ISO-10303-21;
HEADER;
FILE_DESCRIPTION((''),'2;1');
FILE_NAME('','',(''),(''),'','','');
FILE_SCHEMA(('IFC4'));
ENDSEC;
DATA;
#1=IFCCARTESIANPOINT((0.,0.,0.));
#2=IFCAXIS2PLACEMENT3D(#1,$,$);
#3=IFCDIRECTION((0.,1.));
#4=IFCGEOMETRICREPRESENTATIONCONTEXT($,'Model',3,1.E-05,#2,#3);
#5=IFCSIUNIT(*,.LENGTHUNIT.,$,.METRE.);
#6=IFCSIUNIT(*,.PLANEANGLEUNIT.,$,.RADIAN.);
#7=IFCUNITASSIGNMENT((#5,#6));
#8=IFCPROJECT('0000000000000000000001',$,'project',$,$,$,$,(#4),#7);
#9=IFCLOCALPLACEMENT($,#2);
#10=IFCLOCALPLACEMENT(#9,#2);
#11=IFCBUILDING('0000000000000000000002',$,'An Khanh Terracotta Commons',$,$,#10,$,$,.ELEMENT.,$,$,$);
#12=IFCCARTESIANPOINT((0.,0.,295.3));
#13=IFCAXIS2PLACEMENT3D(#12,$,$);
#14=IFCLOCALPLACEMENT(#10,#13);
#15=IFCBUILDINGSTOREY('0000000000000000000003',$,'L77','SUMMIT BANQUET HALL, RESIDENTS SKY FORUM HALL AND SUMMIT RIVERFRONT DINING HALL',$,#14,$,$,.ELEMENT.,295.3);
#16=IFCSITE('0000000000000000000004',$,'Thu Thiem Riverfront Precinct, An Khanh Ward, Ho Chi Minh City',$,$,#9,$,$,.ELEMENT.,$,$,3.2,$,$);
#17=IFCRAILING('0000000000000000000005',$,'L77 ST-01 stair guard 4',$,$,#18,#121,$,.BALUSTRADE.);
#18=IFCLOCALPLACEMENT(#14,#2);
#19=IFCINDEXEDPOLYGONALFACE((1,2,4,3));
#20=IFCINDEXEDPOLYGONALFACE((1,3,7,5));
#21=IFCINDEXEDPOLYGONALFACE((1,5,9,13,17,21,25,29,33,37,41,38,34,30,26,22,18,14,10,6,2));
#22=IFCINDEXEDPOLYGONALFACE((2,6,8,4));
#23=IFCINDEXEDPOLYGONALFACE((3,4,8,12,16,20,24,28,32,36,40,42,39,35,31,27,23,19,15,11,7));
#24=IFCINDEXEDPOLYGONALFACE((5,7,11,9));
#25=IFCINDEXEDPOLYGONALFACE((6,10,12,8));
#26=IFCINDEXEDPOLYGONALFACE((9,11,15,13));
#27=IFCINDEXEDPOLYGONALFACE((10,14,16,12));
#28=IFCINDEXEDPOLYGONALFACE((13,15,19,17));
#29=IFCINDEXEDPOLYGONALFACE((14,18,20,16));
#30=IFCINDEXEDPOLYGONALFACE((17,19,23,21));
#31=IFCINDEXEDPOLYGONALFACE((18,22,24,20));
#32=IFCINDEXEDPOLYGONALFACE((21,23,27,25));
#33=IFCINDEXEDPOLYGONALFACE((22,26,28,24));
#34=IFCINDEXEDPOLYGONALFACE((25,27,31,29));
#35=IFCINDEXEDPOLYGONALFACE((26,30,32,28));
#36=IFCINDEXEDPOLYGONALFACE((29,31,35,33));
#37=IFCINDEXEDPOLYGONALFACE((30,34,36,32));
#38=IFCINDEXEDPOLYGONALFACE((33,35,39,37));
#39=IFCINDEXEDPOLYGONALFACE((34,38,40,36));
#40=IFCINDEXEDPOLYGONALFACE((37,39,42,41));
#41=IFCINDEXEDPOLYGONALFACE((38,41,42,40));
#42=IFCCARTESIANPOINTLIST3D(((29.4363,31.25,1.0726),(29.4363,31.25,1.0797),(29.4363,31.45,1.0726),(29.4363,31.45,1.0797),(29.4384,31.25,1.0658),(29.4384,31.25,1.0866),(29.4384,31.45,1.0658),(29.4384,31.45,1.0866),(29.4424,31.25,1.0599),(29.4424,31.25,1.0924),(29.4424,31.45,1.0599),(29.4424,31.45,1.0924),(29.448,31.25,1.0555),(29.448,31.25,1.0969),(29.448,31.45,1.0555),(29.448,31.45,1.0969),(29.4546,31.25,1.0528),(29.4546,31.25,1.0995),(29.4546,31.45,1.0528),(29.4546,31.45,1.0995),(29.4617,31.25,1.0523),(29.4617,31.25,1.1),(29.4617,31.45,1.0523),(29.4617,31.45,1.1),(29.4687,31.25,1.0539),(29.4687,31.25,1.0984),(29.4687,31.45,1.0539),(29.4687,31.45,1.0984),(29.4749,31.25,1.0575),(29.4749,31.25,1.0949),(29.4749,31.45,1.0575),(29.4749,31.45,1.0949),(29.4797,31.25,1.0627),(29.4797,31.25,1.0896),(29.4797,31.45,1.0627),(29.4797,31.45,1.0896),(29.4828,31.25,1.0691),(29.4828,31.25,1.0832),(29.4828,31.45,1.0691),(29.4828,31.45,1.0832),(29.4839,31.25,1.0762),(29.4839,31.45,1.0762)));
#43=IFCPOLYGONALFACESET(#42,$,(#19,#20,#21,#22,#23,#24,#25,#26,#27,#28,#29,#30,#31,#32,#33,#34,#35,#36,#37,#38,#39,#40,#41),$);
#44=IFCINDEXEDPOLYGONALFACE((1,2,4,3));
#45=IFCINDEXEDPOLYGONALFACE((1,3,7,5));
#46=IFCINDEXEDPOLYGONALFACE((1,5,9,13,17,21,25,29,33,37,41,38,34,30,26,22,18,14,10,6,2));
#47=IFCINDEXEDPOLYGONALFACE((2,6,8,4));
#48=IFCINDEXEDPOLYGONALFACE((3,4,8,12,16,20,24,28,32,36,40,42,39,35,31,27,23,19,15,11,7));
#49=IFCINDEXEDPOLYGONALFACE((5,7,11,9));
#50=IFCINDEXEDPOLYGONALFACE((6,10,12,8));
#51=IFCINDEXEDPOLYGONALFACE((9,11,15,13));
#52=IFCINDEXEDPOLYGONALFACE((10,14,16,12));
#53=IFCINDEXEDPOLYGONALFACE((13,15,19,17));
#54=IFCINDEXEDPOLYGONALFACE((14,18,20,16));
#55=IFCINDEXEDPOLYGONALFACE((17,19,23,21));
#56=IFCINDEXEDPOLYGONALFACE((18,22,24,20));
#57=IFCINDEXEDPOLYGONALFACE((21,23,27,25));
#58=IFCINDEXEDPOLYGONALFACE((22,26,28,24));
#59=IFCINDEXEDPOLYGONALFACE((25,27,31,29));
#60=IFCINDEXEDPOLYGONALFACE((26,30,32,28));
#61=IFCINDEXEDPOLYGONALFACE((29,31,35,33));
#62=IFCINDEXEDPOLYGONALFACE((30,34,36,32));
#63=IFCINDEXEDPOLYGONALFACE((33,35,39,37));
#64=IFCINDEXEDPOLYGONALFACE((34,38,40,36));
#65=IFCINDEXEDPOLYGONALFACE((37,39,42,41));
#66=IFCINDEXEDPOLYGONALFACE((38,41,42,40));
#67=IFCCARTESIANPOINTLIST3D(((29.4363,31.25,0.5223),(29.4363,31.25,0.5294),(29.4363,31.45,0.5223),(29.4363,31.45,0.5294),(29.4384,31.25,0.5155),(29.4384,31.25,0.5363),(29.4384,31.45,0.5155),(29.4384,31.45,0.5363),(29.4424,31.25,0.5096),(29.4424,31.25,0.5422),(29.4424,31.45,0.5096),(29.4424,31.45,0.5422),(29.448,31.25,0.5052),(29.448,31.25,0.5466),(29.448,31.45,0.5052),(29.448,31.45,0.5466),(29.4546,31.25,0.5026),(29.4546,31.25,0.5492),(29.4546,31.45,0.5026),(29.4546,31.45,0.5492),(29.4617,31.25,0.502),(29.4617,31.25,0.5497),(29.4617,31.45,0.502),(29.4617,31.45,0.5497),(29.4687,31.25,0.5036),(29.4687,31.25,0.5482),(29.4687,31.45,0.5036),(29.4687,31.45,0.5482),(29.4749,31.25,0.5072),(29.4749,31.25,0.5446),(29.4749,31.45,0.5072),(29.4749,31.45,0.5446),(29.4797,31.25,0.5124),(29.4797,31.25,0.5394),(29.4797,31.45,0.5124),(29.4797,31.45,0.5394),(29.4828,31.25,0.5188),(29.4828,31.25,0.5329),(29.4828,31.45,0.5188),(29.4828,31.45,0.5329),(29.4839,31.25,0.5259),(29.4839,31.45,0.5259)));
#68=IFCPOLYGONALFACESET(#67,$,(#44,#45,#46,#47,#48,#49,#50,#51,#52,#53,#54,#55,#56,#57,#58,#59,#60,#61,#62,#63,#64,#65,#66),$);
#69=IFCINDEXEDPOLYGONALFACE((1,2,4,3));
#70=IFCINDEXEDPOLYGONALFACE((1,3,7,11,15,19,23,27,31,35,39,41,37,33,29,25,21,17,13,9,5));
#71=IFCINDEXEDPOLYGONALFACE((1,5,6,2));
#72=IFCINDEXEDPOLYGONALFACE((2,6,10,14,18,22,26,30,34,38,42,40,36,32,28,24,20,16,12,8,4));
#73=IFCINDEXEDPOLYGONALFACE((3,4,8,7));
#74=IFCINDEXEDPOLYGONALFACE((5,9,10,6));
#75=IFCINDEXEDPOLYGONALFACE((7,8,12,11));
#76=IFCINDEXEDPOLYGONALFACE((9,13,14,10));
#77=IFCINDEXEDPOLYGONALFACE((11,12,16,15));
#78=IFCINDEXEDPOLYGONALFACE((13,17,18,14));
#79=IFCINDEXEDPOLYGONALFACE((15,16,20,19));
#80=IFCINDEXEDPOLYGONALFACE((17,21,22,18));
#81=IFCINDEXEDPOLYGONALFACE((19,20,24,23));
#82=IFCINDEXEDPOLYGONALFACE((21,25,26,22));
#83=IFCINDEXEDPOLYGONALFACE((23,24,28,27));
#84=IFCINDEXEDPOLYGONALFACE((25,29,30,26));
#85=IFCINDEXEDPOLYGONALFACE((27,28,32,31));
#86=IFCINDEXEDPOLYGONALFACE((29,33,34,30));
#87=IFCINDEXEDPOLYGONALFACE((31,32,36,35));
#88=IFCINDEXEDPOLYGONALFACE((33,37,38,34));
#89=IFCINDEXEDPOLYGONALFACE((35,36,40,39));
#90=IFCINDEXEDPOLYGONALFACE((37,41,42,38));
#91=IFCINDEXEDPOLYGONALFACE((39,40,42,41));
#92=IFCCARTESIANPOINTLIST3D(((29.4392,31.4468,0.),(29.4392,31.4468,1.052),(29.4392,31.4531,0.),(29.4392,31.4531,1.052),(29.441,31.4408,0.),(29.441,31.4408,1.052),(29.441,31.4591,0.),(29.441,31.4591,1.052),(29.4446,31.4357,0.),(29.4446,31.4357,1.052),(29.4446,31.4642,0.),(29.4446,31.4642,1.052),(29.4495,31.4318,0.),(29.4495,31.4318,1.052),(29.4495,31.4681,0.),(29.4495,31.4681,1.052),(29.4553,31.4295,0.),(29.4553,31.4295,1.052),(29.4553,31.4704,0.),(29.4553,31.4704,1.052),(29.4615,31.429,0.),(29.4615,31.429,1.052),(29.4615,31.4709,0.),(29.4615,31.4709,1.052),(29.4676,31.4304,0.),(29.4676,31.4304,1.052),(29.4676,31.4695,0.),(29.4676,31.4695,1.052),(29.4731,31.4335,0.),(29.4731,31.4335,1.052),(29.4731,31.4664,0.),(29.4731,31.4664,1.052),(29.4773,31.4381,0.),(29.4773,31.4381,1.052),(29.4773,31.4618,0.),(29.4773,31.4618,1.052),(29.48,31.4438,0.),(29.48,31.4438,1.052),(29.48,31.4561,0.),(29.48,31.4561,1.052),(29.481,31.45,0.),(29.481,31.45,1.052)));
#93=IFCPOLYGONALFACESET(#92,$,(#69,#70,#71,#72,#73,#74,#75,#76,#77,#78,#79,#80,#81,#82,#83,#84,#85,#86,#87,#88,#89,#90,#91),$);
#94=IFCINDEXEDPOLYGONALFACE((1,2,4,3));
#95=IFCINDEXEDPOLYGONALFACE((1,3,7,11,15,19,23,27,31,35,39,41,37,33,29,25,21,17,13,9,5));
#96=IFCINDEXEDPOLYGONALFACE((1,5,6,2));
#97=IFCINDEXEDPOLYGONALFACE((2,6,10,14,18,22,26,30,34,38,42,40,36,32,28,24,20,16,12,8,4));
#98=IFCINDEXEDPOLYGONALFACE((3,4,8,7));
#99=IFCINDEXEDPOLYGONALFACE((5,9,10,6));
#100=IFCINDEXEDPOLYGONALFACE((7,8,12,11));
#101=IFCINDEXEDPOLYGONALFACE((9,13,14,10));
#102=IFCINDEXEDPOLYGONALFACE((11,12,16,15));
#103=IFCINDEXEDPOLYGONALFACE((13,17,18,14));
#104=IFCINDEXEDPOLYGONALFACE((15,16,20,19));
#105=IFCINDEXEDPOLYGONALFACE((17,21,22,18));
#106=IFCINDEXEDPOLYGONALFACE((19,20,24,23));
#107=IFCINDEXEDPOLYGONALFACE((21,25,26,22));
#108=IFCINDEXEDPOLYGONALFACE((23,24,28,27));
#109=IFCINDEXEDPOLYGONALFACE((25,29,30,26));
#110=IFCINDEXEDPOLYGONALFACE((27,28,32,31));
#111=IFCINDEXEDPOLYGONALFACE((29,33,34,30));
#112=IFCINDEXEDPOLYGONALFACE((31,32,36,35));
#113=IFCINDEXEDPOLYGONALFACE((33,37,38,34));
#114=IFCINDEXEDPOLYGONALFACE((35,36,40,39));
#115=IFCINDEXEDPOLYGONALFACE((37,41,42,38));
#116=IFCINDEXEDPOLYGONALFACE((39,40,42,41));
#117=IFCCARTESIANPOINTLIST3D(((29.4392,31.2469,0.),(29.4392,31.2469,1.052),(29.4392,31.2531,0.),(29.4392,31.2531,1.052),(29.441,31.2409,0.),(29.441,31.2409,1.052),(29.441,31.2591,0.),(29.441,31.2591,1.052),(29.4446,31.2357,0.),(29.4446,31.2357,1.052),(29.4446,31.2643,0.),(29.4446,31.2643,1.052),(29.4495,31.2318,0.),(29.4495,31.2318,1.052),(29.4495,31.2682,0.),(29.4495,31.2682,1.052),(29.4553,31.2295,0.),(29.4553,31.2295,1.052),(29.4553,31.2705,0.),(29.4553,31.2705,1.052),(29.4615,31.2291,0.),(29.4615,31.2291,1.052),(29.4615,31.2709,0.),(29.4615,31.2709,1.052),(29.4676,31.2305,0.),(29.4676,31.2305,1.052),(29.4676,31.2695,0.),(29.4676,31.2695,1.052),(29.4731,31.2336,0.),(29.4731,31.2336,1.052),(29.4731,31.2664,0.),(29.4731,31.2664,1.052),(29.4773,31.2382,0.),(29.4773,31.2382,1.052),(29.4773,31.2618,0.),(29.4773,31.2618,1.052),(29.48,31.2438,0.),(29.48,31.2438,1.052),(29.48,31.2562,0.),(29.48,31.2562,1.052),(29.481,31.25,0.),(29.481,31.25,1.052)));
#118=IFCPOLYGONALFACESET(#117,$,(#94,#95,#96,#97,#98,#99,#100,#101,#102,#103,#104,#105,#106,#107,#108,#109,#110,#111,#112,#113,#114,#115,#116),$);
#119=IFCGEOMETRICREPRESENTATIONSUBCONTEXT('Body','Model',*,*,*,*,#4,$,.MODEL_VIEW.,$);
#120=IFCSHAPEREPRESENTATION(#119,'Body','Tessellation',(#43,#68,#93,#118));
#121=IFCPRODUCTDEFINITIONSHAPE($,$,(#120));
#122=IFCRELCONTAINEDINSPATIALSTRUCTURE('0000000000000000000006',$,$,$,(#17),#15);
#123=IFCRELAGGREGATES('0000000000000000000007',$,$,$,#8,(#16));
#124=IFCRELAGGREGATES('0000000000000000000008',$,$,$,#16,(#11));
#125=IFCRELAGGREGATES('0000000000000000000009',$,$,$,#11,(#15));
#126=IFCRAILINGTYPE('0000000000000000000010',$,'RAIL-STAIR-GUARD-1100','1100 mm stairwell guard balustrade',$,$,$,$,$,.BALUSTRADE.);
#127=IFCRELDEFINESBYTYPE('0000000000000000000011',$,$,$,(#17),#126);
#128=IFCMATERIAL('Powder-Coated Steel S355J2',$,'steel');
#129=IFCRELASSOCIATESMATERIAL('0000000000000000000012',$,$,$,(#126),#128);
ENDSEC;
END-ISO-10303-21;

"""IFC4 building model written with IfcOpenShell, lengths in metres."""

from ifc_helpers import new_model, si_unit, direction, frame, origin, origin_2d, place, context, subcontext, project, spatial, circle, extrude, material, type_object, element, save


model = new_model("IFC4")

# Units and contexts
model_context = context("Model", 3, precision=1e-05, world=origin(), true_north=direction((0.0, 1.0)))
body_context = subcontext(model_context, "Body", "Model", "MODEL_VIEW")
ifc_project = project(units=[si_unit("LENGTHUNIT", "METRE"), si_unit("PLANEANGLEUNIT", "RADIAN")], contexts=[model_context])

# Site, building, storey
site_placement = place(None, origin())
site = spatial("IfcSite", under=ifc_project, at=site_placement, Name="Thu Thiem Riverfront Precinct, An Khanh Ward, Ho Chi Minh City", CompositionType="ELEMENT", RefElevation=3.2)
building_placement = place(site_placement, origin())
building = spatial("IfcBuilding", under=site, at=building_placement, Name="An Khanh Terracotta Commons", CompositionType="ELEMENT")
storey_placement = place(building_placement, frame((0.0, 0.0, 295.3)))
storey = spatial("IfcBuildingStorey", under=building, at=storey_placement, Name="L77", Description="SUMMIT BANQUET HALL, RESIDENTS SKY FORUM HALL AND SUMMIT RIVERFRONT DINING HALL", CompositionType="ELEMENT", Elevation=295.3)

# Railing
ifc_material_1 = material(Name="Powder-Coated Steel S355J2", Category="steel")
railing_type_1 = type_object("IfcRailingType", Name="RAIL-STAIR-GUARD-1100", Description="1100 mm stairwell guard balustrade", PredefinedType="BALUSTRADE", material=ifc_material_1)
railing_1_placement = place(storey_placement, frame((29.46, 31.45, 0.0)))
element("IfcRailing", 1, at=railing_1_placement, inside=storey, type_object=railing_type_1, Name="L77 ST-01 stair guard 4", PredefinedType="BALUSTRADE", context=body_context, shape_type="SweptSolid", body=[
    extrude(circle(Radius=0.0239, at=origin_2d()), frame((0.0, 0.0, 1.0762), z_axis=(0.0, -1.0, 0.0), x_axis=(1.0, 0.0, 0.0)), (0.0, 0.0, 1.0), 0.2),
    extrude(circle(Radius=0.0239, at=origin_2d()), frame((0.0, 0.0, 0.5259), z_axis=(0.0, -1.0, 0.0), x_axis=(1.0, 0.0, 0.0)), (0.0, 0.0, 1.0), 0.2),
    extrude(circle(Radius=0.021, at=origin_2d()), origin(), (0.0, 0.0, 1.0), 1.052),
    extrude(circle(Radius=0.021, at=origin_2d()), frame((0.0, -0.2, 0.0)), (0.0, 0.0, 1.0), 1.052),
])

save(model, "model.ifc")
